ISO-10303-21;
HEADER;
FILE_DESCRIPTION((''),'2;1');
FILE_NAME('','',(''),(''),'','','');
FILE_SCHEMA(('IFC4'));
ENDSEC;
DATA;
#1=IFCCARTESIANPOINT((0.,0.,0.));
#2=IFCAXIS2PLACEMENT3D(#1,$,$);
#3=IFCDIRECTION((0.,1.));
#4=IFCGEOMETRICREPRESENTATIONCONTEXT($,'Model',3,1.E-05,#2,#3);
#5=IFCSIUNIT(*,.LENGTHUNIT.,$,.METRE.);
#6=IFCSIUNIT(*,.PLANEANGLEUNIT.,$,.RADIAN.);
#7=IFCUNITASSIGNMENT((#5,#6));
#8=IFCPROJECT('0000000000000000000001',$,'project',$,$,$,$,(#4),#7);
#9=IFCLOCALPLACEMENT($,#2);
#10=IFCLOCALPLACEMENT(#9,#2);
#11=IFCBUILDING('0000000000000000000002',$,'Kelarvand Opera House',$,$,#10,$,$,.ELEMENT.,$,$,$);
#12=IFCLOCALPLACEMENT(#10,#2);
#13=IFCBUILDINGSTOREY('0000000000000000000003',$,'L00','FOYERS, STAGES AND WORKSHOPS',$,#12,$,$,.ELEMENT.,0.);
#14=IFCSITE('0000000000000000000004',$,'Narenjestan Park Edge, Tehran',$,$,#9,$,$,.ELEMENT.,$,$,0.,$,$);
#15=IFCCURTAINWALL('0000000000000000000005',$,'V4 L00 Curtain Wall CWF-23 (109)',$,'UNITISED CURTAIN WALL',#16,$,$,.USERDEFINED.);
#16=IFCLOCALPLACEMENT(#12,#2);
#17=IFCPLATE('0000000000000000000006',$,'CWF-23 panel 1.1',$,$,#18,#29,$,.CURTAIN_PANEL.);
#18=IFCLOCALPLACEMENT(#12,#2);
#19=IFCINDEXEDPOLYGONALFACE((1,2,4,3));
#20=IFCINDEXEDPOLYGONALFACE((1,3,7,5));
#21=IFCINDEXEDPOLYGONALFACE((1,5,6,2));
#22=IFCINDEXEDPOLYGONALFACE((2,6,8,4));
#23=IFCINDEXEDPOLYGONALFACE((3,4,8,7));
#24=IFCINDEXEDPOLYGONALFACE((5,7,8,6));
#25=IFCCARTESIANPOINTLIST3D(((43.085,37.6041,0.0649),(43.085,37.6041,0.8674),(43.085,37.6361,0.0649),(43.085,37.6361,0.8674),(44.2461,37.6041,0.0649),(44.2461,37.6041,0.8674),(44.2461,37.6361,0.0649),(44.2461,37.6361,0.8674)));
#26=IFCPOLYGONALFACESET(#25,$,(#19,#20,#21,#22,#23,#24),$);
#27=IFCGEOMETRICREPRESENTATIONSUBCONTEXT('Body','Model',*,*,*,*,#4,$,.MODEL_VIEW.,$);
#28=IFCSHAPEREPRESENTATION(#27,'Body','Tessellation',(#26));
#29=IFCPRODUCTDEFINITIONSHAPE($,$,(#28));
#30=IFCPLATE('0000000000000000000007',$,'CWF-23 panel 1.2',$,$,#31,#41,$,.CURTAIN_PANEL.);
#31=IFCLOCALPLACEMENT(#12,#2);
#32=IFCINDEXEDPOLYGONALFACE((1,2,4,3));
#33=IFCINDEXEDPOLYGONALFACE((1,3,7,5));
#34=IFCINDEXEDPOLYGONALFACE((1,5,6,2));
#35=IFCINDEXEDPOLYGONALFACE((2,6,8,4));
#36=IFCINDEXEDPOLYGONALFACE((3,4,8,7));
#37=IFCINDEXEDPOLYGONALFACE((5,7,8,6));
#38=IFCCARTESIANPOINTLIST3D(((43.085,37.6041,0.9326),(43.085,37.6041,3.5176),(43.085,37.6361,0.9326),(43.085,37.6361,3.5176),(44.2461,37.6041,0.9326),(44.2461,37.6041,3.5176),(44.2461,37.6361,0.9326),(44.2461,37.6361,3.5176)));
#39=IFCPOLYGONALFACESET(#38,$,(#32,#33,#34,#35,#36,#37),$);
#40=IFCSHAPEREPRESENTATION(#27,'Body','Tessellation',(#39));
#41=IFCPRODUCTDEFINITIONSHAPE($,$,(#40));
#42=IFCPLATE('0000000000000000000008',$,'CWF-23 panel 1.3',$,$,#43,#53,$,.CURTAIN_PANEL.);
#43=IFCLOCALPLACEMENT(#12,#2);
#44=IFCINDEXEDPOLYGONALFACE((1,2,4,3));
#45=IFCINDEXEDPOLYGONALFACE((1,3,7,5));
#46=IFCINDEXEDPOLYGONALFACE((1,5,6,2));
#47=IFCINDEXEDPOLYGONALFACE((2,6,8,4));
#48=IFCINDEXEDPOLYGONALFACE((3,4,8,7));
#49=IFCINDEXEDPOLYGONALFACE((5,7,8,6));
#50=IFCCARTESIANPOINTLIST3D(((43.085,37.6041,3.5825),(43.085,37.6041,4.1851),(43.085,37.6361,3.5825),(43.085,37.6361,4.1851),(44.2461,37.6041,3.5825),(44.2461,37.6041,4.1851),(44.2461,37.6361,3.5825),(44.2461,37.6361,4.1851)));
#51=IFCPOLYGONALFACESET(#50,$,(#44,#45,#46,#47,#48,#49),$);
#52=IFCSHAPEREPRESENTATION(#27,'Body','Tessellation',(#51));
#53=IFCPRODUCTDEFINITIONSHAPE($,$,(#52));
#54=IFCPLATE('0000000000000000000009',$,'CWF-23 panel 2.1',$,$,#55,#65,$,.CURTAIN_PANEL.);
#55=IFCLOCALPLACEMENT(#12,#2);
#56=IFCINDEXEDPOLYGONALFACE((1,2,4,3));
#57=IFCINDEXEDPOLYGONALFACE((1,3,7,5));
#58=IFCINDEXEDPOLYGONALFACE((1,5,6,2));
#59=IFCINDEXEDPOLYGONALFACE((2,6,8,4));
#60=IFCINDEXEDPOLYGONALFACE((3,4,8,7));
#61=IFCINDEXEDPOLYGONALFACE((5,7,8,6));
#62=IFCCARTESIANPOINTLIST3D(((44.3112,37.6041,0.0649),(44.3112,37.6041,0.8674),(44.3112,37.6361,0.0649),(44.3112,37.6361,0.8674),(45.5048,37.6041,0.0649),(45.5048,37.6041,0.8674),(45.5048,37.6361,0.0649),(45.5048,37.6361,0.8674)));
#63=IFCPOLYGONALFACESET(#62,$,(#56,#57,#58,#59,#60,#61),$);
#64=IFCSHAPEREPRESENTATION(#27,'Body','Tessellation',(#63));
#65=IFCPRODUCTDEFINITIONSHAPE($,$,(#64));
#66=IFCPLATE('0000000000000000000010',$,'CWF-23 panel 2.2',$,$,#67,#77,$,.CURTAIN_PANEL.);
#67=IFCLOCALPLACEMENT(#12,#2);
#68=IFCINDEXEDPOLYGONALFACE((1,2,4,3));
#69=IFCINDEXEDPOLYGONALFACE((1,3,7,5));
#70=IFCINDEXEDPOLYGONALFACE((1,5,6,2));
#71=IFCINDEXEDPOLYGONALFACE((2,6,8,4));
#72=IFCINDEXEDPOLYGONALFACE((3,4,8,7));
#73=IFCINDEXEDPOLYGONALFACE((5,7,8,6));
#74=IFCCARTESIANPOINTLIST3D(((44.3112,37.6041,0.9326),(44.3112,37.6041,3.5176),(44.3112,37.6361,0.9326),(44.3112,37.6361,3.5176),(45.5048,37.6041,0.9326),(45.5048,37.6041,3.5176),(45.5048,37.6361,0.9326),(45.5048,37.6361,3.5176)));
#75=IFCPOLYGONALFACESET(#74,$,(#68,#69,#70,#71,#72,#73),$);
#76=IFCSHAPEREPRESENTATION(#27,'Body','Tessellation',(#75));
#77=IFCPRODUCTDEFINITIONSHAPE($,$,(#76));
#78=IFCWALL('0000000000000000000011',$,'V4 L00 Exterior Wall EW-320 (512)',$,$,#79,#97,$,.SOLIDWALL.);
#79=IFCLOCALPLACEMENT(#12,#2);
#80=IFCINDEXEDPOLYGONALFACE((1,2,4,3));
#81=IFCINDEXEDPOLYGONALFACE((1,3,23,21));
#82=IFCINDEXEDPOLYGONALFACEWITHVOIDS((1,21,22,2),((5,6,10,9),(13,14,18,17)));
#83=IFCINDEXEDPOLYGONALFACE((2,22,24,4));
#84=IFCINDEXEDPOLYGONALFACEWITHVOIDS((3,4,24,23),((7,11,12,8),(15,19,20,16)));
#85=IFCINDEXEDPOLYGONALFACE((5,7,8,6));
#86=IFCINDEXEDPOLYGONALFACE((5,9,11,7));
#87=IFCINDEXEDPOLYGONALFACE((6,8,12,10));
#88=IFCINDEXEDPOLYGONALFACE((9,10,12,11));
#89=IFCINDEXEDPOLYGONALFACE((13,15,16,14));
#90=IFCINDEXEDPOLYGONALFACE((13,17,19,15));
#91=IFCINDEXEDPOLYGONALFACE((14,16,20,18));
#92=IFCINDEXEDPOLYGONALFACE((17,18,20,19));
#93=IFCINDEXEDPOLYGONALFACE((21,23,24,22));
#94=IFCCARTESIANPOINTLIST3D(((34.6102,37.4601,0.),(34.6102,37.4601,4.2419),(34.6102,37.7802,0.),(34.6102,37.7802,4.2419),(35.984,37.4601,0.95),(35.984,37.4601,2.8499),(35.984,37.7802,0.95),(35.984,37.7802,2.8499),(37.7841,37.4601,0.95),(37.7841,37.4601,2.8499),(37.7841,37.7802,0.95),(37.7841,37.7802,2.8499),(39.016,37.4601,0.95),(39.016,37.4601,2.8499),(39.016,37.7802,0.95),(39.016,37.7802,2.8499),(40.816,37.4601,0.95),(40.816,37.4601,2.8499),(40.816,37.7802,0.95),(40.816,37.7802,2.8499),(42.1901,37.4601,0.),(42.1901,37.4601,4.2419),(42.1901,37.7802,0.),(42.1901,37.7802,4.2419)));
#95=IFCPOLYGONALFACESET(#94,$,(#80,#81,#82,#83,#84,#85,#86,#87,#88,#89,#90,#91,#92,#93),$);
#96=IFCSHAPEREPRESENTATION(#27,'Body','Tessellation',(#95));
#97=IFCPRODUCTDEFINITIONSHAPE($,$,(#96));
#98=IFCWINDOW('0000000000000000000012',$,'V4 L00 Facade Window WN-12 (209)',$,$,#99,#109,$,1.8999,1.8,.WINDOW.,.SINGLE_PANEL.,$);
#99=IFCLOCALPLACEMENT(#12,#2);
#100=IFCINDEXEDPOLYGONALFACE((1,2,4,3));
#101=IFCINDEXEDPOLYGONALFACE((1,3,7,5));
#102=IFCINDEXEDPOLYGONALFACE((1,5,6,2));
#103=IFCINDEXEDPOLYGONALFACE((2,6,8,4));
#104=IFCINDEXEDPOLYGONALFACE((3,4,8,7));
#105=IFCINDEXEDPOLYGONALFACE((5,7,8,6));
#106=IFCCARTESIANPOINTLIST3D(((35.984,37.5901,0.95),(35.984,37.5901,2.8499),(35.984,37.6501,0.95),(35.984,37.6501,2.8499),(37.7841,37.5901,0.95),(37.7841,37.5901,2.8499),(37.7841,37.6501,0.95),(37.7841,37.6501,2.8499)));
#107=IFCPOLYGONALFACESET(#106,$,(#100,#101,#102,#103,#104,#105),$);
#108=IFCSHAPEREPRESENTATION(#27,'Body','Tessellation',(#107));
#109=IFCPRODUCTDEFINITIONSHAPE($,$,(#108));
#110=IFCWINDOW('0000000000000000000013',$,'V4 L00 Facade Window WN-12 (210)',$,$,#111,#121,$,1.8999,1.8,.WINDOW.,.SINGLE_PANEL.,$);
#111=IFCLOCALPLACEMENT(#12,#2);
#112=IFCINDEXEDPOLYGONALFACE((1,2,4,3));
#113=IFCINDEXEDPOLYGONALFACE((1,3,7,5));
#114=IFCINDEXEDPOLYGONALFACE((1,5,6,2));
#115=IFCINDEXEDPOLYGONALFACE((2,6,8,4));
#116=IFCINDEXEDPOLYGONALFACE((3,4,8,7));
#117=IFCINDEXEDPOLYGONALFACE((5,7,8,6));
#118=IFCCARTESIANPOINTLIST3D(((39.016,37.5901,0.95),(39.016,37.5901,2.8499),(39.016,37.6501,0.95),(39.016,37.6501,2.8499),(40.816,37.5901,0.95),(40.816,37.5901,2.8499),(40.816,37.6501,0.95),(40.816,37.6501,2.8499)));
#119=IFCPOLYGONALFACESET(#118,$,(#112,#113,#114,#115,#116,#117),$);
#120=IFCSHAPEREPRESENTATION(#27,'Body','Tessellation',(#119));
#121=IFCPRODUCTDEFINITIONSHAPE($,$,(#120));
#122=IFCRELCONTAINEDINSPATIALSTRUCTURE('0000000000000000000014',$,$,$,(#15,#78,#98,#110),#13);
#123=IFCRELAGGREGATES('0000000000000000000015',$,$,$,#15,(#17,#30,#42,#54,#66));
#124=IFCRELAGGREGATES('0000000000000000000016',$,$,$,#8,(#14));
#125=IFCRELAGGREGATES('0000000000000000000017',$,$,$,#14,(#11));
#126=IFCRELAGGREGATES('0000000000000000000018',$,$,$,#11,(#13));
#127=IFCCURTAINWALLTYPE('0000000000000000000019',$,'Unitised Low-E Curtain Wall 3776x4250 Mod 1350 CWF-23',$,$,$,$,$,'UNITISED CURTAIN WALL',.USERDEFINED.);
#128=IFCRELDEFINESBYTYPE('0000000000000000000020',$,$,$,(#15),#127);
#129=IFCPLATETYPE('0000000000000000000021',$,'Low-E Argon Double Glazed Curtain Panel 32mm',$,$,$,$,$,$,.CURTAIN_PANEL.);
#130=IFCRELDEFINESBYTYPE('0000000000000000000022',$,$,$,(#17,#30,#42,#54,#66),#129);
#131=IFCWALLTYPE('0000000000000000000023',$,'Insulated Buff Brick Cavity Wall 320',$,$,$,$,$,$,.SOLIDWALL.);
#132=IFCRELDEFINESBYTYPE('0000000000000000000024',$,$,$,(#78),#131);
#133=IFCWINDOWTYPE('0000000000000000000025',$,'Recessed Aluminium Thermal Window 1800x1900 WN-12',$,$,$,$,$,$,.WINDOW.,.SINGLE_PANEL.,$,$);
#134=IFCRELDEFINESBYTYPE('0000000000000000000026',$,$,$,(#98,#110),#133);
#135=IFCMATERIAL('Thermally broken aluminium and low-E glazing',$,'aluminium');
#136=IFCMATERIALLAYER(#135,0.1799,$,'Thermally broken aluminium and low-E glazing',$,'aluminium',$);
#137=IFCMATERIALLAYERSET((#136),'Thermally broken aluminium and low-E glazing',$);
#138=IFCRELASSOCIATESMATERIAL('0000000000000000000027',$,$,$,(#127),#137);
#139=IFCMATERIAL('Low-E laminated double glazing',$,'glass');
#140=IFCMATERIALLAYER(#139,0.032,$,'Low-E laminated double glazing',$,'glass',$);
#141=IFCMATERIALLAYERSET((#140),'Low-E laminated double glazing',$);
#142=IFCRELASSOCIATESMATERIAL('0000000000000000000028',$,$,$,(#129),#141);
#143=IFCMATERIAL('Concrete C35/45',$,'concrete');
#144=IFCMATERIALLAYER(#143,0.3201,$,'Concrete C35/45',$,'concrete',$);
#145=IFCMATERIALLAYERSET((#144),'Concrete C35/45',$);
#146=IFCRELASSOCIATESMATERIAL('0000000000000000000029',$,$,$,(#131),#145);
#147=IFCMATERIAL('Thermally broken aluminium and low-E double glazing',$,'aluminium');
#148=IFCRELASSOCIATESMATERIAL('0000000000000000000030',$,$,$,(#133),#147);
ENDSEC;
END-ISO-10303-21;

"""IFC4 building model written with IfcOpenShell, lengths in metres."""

from ifc_helpers import new_model, si_unit, direction, frame, frame_2d, origin, origin_2d, place, context, subcontext, project, spatial, rectangle, extrude, material, layer, layer_set, type_object, element, fill, aggregate, save


model = new_model("IFC4")

# Units and contexts
model_context = context("Model", 3, precision=1e-05, world=origin(), true_north=direction((0.0, 1.0)))
body_context = subcontext(model_context, "Body", "Model", "MODEL_VIEW")
ifc_project = project(units=[si_unit("LENGTHUNIT", "METRE"), si_unit("PLANEANGLEUNIT", "RADIAN")], contexts=[model_context])

# Site, building, storey
site_placement = place(None, origin())
site = spatial("IfcSite", under=ifc_project, at=site_placement, Name="Narenjestan Park Edge, Tehran", CompositionType="ELEMENT", RefElevation=0.0)
building_placement = place(site_placement, origin())
building = spatial("IfcBuilding", under=site, at=building_placement, Name="Kelarvand Opera House", CompositionType="ELEMENT")
storey_placement = place(building_placement, origin())
storey = spatial("IfcBuildingStorey", under=building, at=storey_placement, Name="L00", Description="FOYERS, STAGES AND WORKSHOPS", CompositionType="ELEMENT", Elevation=0.0)

# Curtain wall
ifc_material_1 = material(Name="Thermally broken aluminium and low-E glazing", Category="aluminium")
ifc_layer_1 = layer(ifc_material_1, 0.1799, Name="Thermally broken aluminium and low-E glazing", Category="aluminium")
ifc_layer_set_1 = layer_set([ifc_layer_1], Name="Thermally broken aluminium and low-E glazing")
curtain_wall_type = type_object("IfcCurtainWallType", Name="Unitised Low-E Curtain Wall 3776x4250 Mod 1350 CWF-23", ElementType="UNITISED CURTAIN WALL", PredefinedType="USERDEFINED", material=ifc_layer_set_1)
curtain_wall_placement = place(storey_placement, origin())
curtain_wall = element("IfcCurtainWall", 1, at=curtain_wall_placement, inside=storey, type_object=curtain_wall_type, Name="V4 L00 Curtain Wall CWF-23 (109)", ObjectType="UNITISED CURTAIN WALL", PredefinedType="USERDEFINED")

# Plates
ifc_material_2 = material(Name="Low-E laminated double glazing", Category="glass")
ifc_layer_2 = layer(ifc_material_2, 0.032, Name="Low-E laminated double glazing", Category="glass")
ifc_layer_set_2 = layer_set([ifc_layer_2], Name="Low-E laminated double glazing")
plate_type = type_object("IfcPlateType", Name="Low-E Argon Double Glazed Curtain Panel 32mm", PredefinedType="CURTAIN_PANEL", material=ifc_layer_set_2)
plate_1_placement = place(storey_placement, frame((43.6655, 37.6201, 0.0649), z_axis=(0.0, 0.0, 1.0), x_axis=(1.0, 0.0, 0.0)))
plate_1 = element("IfcPlate", 2, at=plate_1_placement, type_object=plate_type, Name="CWF-23 panel 1.1", PredefinedType="CURTAIN_PANEL", context=body_context, shape_type="SweptSolid", body=[
    extrude(rectangle(XDim=1.1611, YDim=0.032, at=origin_2d()), origin(), (0.0, 0.0, 1.0), 0.8025),
])
plate_2_placement = place(storey_placement, frame((43.6655, 37.6201, 0.9326), z_axis=(0.0, 0.0, 1.0), x_axis=(1.0, 0.0, 0.0)))
plate_2 = element("IfcPlate", 3, at=plate_2_placement, type_object=plate_type, Name="CWF-23 panel 1.2", PredefinedType="CURTAIN_PANEL", context=body_context, shape_type="SweptSolid", body=[
    extrude(rectangle(XDim=1.1611, YDim=0.032, at=origin_2d()), origin(), (0.0, 0.0, 1.0), 2.585),
])
plate_3_placement = place(storey_placement, frame((43.6655, 37.6201, 3.5825), z_axis=(0.0, 0.0, 1.0), x_axis=(1.0, 0.0, 0.0)))
plate_3 = element("IfcPlate", 4, at=plate_3_placement, type_object=plate_type, Name="CWF-23 panel 1.3", PredefinedType="CURTAIN_PANEL", context=body_context, shape_type="SweptSolid", body=[
    extrude(rectangle(XDim=1.1611, YDim=0.032, at=origin_2d()), origin(), (0.0, 0.0, 1.0), 0.6025),
])
plate_4_placement = place(storey_placement, frame((44.908, 37.6201, 0.0649), z_axis=(0.0, 0.0, 1.0), x_axis=(1.0, 0.0, 0.0)))
plate_4 = element("IfcPlate", 5, at=plate_4_placement, type_object=plate_type, Name="CWF-23 panel 2.1", PredefinedType="CURTAIN_PANEL", context=body_context, shape_type="SweptSolid", body=[
    extrude(rectangle(XDim=1.1936, YDim=0.032, at=origin_2d()), origin(), (0.0, 0.0, 1.0), 0.8025),
])
plate_5_placement = place(storey_placement, frame((44.908, 37.6201, 0.9326), z_axis=(0.0, 0.0, 1.0), x_axis=(1.0, 0.0, 0.0)))
plate_5 = element("IfcPlate", 6, at=plate_5_placement, type_object=plate_type, Name="CWF-23 panel 2.2", PredefinedType="CURTAIN_PANEL", context=body_context, shape_type="SweptSolid", body=[
    extrude(rectangle(XDim=1.1936, YDim=0.032, at=origin_2d()), origin(), (0.0, 0.0, 1.0), 2.585),
])
aggregate(curtain_wall, [plate_1, plate_2, plate_3, plate_4, plate_5])

# Wall, openings, windows
ifc_material_3 = material(Name="Concrete C35/45", Category="concrete")
ifc_layer_3 = layer(ifc_material_3, 0.3201, Name="Concrete C35/45", Category="concrete")
ifc_layer_set_3 = layer_set([ifc_layer_3], Name="Concrete C35/45")
wall_type = type_object("IfcWallType", Name="Insulated Buff Brick Cavity Wall 320", PredefinedType="SOLIDWALL", material=ifc_layer_set_3)
wall_placement = place(storey_placement, frame((34.6101, 37.6201, 0.0), z_axis=(0.0, 0.0, 1.0), x_axis=(1.0, 0.0, 0.0)))
wall = element("IfcWall", 7, at=wall_placement, inside=storey, type_object=wall_type, Name="V4 L00 Exterior Wall EW-320 (512)", PredefinedType="SOLIDWALL", context=body_context, shape_type="SweptSolid", body=[
    extrude(rectangle(XDim=7.5798, YDim=0.3201, at=frame_2d((3.79, 0.0))), origin(), (0.0, 0.0, 1.0), 4.2419),
])
opening_1_placement = place(wall_placement, frame((1.374, 0.0, 0.95)))
opening_1 = element("IfcOpeningElement", 8, at=opening_1_placement, cuts=wall, PredefinedType="OPENING", context=body_context, shape_type="SweptSolid", body=[
    extrude(rectangle(XDim=1.8, YDim=1.8999, at=frame_2d((0.8999, 0.95))), frame((0.0, 0.1699, 0.0), z_axis=(0.0, -1.0, 0.0), x_axis=(1.0, 0.0, 0.0)), (0.0, 0.0, 1.0), 0.3401),
])
opening_2_placement = place(wall_placement, frame((4.406, 0.0, 0.95)))
opening_2 = element("IfcOpeningElement", 9, at=opening_2_placement, cuts=wall, PredefinedType="OPENING", context=body_context, shape_type="SweptSolid", body=[
    extrude(rectangle(XDim=1.8, YDim=1.8999, at=frame_2d((0.8999, 0.95))), frame((0.0, 0.1699, 0.0), z_axis=(0.0, -1.0, 0.0), x_axis=(1.0, 0.0, 0.0)), (0.0, 0.0, 1.0), 0.3401),
])
ifc_material_4 = material(Name="Thermally broken aluminium and low-E double glazing", Category="aluminium")
window_type = type_object("IfcWindowType", Name="Recessed Aluminium Thermal Window 1800x1900 WN-12", PartitioningType="SINGLE_PANEL", PredefinedType="WINDOW", material=ifc_material_4)
window_1_placement = place(opening_1_placement, origin())
window_1 = element("IfcWindow", 10, at=window_1_placement, inside=storey, type_object=window_type, Name="V4 L00 Facade Window WN-12 (209)", OverallHeight=1.8999, OverallWidth=1.8, PartitioningType="SINGLE_PANEL", PredefinedType="WINDOW", context=body_context, shape_type="SweptSolid", body=[
    extrude(rectangle(XDim=1.8, YDim=1.8999, at=frame_2d((0.8999, 0.95))), frame((0.0, 0.03, 0.0), z_axis=(0.0, -1.0, 0.0), x_axis=(1.0, 0.0, 0.0)), (0.0, 0.0, 1.0), 0.0601),
])
fill(opening_1, window_1)
window_2_placement = place(opening_2_placement, origin())
window_2 = element("IfcWindow", 11, at=window_2_placement, inside=storey, type_object=window_type, Name="V4 L00 Facade Window WN-12 (210)", OverallHeight=1.8999, OverallWidth=1.8, PartitioningType="SINGLE_PANEL", PredefinedType="WINDOW", context=body_context, shape_type="SweptSolid", body=[
    extrude(rectangle(XDim=1.8, YDim=1.8999, at=frame_2d((0.8999, 0.95))), frame((0.0, 0.03, 0.0), z_axis=(0.0, -1.0, 0.0), x_axis=(1.0, 0.0, 0.0)), (0.0, 0.0, 1.0), 0.0601),
])
fill(opening_2, window_2)

save(model, "model.ifc")
